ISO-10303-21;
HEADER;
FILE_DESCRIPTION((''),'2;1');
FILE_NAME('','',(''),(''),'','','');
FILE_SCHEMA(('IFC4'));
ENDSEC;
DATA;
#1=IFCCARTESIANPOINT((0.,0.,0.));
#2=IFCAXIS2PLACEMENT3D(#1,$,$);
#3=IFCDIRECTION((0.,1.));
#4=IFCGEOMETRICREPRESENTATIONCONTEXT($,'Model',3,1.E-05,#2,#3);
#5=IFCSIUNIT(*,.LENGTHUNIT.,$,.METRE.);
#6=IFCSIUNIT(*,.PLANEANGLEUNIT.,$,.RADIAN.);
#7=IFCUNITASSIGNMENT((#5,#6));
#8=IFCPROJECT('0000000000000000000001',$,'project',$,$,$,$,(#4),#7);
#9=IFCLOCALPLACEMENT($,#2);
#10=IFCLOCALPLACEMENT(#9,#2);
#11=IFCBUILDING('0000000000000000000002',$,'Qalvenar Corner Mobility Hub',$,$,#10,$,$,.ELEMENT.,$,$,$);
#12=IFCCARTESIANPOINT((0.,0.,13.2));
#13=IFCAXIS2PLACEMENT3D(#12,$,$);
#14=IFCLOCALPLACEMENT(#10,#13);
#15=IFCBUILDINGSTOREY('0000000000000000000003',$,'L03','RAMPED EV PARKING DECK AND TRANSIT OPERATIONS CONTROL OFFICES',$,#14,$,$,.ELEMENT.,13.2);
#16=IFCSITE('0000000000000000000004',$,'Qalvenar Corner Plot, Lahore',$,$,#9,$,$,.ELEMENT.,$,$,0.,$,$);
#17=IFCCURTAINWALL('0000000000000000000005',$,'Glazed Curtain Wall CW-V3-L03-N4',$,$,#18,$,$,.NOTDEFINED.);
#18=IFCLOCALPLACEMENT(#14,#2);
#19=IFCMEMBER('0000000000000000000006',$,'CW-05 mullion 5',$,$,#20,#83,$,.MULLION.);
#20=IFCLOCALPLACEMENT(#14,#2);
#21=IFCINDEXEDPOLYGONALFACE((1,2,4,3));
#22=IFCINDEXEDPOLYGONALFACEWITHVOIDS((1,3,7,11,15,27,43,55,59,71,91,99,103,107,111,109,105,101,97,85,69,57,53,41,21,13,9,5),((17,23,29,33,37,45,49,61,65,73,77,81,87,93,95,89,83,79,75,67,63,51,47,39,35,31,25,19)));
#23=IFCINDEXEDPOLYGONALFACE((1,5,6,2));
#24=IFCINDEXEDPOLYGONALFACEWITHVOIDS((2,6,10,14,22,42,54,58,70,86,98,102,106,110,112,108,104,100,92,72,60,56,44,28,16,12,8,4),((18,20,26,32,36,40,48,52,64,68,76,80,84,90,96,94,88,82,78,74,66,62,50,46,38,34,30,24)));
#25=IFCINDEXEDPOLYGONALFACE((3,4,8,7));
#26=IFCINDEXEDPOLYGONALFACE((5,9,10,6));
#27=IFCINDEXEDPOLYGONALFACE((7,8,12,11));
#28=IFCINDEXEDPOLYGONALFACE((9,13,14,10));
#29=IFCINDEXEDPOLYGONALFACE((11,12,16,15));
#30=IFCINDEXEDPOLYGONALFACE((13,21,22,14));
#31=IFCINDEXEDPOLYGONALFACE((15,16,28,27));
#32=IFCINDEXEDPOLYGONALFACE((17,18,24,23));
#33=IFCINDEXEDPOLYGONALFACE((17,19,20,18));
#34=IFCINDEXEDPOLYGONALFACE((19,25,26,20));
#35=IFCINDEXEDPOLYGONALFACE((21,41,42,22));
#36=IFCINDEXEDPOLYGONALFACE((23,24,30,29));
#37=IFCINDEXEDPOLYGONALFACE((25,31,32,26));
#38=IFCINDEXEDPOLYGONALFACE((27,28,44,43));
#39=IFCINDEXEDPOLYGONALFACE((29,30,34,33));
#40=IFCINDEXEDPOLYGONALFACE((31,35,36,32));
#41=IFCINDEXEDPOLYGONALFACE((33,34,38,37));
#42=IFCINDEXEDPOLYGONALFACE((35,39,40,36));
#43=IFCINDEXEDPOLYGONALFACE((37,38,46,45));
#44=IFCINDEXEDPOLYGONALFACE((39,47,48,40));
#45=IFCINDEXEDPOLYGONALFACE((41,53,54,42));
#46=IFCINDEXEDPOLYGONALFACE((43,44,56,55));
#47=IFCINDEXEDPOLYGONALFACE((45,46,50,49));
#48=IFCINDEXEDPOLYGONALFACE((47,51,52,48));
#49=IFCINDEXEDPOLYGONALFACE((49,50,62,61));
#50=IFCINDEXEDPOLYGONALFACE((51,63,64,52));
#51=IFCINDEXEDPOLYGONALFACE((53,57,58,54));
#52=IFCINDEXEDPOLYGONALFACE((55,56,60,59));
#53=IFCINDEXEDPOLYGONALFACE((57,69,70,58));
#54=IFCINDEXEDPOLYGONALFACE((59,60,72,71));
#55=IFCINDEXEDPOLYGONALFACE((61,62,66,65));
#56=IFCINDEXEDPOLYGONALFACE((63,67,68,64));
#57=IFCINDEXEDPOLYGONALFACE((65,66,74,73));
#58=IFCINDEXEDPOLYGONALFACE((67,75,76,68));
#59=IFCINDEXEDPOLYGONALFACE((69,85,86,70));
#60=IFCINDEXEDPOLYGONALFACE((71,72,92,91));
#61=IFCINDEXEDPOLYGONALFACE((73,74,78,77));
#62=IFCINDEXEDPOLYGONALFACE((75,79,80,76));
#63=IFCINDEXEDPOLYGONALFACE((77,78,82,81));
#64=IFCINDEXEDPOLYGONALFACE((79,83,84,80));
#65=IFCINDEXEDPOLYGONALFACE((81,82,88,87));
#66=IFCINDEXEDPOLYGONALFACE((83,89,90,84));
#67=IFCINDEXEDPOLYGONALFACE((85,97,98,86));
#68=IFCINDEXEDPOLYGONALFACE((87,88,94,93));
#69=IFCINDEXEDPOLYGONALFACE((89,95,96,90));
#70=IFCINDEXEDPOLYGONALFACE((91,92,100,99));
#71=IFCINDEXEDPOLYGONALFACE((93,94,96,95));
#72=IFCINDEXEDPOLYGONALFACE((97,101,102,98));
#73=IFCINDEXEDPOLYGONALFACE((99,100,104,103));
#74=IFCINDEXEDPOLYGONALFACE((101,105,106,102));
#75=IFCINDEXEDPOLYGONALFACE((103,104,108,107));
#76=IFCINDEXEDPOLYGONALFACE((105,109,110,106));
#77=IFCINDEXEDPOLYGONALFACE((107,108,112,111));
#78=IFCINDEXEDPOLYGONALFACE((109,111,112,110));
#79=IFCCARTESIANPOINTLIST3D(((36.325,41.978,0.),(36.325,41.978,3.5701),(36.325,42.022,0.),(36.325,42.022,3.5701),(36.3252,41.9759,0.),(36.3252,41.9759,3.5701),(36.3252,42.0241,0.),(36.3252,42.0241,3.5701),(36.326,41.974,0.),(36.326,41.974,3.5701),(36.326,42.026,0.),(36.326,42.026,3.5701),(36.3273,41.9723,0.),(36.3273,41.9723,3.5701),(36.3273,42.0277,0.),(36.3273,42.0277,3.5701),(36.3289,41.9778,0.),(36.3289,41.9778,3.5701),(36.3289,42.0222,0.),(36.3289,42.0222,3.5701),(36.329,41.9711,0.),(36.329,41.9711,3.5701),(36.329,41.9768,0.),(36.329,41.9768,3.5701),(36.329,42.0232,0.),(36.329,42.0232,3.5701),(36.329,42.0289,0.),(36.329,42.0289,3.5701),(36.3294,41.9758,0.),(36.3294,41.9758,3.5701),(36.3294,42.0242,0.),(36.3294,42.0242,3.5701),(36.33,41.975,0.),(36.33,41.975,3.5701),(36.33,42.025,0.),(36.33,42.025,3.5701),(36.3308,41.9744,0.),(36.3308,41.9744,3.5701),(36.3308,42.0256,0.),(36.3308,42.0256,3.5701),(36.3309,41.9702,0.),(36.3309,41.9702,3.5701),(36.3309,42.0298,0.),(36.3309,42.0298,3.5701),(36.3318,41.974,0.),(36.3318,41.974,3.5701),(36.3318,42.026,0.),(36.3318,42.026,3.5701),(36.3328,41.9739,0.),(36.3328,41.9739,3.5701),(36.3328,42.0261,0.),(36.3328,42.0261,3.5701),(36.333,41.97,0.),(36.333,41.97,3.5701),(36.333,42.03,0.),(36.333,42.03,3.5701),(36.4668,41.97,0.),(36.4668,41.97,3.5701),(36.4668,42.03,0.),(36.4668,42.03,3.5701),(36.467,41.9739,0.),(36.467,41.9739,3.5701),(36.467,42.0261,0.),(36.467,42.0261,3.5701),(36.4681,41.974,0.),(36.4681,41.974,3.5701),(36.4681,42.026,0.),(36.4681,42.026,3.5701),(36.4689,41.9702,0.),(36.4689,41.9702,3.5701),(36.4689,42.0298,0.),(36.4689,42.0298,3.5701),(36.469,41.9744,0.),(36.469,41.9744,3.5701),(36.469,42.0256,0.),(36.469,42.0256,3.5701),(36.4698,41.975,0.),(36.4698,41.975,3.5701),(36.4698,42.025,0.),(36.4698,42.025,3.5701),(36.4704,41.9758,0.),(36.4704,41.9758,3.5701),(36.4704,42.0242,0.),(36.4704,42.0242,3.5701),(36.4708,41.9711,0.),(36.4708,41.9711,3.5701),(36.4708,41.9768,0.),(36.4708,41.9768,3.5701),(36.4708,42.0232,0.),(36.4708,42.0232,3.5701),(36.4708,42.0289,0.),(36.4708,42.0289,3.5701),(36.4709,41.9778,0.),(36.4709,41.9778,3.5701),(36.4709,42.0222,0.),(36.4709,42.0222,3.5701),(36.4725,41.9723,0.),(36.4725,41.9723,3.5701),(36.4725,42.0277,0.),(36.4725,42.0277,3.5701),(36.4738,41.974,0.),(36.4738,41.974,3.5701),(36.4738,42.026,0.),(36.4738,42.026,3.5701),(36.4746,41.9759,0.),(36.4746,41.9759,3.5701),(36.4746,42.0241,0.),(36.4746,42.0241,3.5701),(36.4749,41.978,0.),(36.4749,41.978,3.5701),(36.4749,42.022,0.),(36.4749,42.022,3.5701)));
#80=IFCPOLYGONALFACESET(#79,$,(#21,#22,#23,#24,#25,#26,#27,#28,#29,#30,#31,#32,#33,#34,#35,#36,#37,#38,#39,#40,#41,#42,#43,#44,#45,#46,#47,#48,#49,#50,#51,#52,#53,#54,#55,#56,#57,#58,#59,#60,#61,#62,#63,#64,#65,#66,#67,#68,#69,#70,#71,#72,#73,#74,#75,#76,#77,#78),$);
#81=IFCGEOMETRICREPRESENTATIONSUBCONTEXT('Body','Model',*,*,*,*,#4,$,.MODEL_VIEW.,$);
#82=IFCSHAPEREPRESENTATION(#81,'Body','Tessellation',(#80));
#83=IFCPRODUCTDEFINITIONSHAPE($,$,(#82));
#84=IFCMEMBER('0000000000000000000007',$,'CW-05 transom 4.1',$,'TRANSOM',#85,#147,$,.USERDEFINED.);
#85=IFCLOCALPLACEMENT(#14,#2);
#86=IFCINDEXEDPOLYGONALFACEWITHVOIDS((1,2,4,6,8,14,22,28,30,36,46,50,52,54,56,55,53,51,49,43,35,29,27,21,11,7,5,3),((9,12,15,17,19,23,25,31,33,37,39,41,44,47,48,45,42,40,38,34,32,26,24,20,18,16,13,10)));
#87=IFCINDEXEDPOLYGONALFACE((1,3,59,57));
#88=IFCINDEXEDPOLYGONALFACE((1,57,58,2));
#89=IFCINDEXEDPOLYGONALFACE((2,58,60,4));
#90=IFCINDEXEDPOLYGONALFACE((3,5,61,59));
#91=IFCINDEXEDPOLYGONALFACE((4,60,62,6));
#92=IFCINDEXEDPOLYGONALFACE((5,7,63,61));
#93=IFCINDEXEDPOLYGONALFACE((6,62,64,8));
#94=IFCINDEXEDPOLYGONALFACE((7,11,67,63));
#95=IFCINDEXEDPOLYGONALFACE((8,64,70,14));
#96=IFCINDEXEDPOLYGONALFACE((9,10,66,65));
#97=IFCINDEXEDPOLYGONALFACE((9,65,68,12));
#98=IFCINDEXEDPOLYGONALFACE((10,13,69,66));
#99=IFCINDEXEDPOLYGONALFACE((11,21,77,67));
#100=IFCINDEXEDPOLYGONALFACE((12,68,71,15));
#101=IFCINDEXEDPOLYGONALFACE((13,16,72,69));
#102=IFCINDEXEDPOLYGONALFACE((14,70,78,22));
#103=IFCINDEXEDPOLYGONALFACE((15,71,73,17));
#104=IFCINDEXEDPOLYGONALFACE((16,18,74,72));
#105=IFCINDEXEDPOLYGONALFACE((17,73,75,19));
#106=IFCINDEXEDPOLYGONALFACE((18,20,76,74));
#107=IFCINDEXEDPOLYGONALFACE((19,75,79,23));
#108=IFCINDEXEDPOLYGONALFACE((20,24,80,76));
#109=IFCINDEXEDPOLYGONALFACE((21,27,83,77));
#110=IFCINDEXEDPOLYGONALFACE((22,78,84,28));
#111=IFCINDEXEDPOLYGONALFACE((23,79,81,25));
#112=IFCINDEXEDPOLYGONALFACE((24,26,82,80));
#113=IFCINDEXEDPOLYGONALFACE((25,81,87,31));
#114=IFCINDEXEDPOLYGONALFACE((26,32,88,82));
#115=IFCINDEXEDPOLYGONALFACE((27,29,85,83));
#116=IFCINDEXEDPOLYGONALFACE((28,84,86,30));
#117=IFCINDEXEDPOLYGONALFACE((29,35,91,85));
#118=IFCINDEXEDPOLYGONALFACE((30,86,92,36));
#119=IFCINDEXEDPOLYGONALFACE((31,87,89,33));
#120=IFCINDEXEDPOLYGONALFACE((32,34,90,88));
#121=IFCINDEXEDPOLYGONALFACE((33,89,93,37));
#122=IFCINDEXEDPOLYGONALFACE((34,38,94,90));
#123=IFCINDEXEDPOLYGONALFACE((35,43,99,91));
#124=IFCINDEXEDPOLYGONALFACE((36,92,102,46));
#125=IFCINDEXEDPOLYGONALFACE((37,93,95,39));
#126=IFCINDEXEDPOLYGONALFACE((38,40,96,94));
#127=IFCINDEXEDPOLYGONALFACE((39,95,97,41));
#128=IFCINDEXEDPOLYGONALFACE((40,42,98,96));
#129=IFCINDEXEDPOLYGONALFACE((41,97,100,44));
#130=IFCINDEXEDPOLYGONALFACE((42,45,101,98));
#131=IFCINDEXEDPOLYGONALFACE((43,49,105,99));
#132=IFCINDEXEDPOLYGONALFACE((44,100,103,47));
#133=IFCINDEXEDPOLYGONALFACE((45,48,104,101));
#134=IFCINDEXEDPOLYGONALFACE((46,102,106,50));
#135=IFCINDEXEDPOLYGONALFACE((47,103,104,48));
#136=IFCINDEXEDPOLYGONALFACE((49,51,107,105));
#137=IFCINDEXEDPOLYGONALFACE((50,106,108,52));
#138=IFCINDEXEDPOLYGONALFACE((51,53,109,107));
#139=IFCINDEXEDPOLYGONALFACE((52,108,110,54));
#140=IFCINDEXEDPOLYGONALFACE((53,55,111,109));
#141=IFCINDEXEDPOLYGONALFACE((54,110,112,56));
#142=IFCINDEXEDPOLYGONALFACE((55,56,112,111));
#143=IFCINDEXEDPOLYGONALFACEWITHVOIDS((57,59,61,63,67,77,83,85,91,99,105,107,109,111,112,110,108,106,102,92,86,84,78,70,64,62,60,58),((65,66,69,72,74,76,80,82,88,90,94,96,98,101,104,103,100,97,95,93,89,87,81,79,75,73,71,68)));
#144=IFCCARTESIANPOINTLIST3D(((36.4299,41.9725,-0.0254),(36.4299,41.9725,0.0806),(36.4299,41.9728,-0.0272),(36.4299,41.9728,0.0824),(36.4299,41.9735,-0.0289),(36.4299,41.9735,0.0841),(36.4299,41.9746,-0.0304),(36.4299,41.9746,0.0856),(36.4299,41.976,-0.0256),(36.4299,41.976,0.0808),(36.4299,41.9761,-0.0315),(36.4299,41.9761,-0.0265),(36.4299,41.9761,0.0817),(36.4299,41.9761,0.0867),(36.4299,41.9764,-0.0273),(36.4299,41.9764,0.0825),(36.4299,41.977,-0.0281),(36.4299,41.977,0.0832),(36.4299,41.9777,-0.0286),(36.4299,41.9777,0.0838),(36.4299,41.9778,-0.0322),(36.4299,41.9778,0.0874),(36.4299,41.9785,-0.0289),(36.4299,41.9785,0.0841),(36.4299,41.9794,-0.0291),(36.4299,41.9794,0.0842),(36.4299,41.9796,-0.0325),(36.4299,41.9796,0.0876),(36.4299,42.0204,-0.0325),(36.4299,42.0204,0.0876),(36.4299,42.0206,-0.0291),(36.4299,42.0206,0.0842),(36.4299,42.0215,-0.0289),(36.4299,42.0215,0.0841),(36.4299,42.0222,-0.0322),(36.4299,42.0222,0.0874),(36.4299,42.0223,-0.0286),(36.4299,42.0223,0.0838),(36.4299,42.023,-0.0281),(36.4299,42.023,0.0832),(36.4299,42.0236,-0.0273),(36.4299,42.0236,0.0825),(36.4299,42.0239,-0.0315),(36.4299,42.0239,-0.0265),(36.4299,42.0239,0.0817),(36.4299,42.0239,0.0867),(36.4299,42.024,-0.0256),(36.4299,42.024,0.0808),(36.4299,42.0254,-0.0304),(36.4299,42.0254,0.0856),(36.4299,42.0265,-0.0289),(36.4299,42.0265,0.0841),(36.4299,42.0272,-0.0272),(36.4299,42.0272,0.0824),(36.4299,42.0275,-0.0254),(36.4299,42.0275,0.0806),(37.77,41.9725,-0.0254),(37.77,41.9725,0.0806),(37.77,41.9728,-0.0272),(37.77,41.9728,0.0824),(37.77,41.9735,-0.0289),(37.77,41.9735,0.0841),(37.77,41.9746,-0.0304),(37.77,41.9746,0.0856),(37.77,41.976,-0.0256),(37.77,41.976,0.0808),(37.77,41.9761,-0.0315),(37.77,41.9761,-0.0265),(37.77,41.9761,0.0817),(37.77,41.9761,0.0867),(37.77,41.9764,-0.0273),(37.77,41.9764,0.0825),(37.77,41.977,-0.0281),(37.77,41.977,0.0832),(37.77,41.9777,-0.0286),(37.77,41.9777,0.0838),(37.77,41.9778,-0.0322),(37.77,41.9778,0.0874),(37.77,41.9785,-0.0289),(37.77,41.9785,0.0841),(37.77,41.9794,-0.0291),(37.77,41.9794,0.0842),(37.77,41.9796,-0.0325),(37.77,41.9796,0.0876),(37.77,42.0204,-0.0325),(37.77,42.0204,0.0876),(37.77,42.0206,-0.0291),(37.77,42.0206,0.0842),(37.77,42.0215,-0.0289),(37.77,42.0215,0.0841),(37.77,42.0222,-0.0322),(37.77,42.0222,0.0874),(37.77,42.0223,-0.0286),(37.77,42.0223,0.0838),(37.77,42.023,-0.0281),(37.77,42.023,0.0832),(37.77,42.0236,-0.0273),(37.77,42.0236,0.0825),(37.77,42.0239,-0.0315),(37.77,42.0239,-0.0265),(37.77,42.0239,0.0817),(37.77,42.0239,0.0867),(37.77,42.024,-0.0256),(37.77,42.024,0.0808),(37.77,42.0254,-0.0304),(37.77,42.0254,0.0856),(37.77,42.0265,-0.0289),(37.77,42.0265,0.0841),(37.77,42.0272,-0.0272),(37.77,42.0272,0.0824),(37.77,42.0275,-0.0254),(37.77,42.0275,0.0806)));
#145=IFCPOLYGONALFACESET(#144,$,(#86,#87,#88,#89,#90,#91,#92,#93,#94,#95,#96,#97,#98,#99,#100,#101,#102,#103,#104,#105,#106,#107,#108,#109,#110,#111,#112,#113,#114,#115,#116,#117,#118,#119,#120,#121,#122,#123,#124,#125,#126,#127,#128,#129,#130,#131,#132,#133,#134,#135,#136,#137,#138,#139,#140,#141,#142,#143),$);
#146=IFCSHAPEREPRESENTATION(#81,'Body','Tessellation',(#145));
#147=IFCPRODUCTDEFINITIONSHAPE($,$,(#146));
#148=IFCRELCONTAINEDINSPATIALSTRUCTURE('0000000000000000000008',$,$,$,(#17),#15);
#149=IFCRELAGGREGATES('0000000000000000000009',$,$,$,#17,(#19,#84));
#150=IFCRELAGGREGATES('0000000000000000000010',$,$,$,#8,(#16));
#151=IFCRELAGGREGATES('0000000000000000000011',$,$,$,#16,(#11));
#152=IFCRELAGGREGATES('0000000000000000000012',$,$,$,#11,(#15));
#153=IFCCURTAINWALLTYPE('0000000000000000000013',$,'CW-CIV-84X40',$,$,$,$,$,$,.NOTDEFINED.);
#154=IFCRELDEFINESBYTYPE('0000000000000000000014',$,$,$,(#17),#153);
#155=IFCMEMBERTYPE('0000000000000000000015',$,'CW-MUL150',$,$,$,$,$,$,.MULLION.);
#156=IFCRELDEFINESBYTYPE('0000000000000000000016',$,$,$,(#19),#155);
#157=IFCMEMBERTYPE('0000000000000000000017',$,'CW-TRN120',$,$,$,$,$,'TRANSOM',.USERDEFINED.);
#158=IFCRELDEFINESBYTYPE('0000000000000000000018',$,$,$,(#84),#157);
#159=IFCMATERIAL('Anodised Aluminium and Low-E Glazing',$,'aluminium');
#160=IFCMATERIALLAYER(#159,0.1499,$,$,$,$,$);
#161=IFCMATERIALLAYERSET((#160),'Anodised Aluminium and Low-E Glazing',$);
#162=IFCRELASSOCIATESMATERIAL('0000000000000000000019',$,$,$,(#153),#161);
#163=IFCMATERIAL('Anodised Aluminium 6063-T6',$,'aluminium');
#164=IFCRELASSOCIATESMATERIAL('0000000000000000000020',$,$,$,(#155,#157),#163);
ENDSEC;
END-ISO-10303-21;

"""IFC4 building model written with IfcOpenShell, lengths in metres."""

from ifc_helpers import new_model, si_unit, direction, frame, origin, origin_2d, place, context, subcontext, project, spatial, hollow_rectangle, extrude, material, layer, layer_set, material_profile, profile_set, type_object, element, aggregate, save


model = new_model("IFC4")

# Units and contexts
model_context = context("Model", 3, precision=1e-05, world=origin(), true_north=direction((0.0, 1.0)))
body_context = subcontext(model_context, "Body", "Model", "MODEL_VIEW")
ifc_project = project(units=[si_unit("LENGTHUNIT", "METRE"), si_unit("PLANEANGLEUNIT", "RADIAN")], contexts=[model_context])

# Site, building, storey
site_placement = place(None, origin())
site = spatial("IfcSite", under=ifc_project, at=site_placement, Name="Qalvenar Corner Plot, Lahore", CompositionType="ELEMENT", RefElevation=0.0)
building_placement = place(site_placement, origin())
building = spatial("IfcBuilding", under=site, at=building_placement, Name="Qalvenar Corner Mobility Hub", CompositionType="ELEMENT")
storey_placement = place(building_placement, frame((0.0, 0.0, 13.2)))
storey = spatial("IfcBuildingStorey", under=building, at=storey_placement, Name="L03", Description="RAMPED EV PARKING DECK AND TRANSIT OPERATIONS CONTROL OFFICES", CompositionType="ELEMENT", Elevation=13.2)

# Curtain wall, members
ifc_material_1 = material(Name="Anodised Aluminium and Low-E Glazing", Category="aluminium")
ifc_layer_1 = layer(ifc_material_1, 0.1499)
ifc_layer_set_1 = layer_set([ifc_layer_1], Name="Anodised Aluminium and Low-E Glazing")
curtain_wall_type = type_object("IfcCurtainWallType", Name="CW-CIV-84X40", PredefinedType="NOTDEFINED", material=ifc_layer_set_1)
curtain_wall_placement = place(storey_placement, origin())
curtain_wall = element("IfcCurtainWall", 1, at=curtain_wall_placement, inside=storey, type_object=curtain_wall_type, Name="Glazed Curtain Wall CW-V3-L03-N4", PredefinedType="NOTDEFINED")
ifc_material_2 = material(Name="Anodised Aluminium 6063-T6", Category="aluminium")
ifc_material_profile_1 = material_profile(ifc_material_2, hollow_rectangle(XDim=0.0601, YDim=0.1499, WallThickness=0.0039, InnerFilletRadius=0.0039, OuterFilletRadius=0.0081, at=origin_2d()), Name="RHS150x60x4")
ifc_profile_set_1 = profile_set([ifc_material_profile_1], Name="Anodised Aluminium 6063-T6")
member_type_1 = type_object("IfcMemberType", Name="CW-MUL150", PredefinedType="MULLION", material=ifc_profile_set_1)
member_1_placement = place(storey_placement, frame((36.3999, 42.0, 0.0), z_axis=(0.0, 0.0, 1.0), x_axis=(0.0, -1.0, 0.0)))
member_1 = element("IfcMember", 2, at=member_1_placement, type_object=member_type_1, Name="CW-05 mullion 5", PredefinedType="MULLION", context=body_context, shape_type="SweptSolid", body=[
    extrude(hollow_rectangle(XDim=0.0601, YDim=0.1499, WallThickness=0.0039, InnerFilletRadius=0.0039, OuterFilletRadius=0.0081, at=origin_2d()), origin(), (0.0, 0.0, 1.0), 3.5701),
])
ifc_material_profile_2 = material_profile(ifc_material_2, hollow_rectangle(XDim=0.0549, YDim=0.1201, WallThickness=0.0034, InnerFilletRadius=0.0034, OuterFilletRadius=0.0071, at=origin_2d()), Name="RHS120x55x3.5")
ifc_profile_set_2 = profile_set([ifc_material_profile_2], Name="Anodised Aluminium 6063-T6")
member_type_2 = type_object("IfcMemberType", Name="CW-TRN120", ElementType="TRANSOM", PredefinedType="USERDEFINED", material=ifc_profile_set_2)
member_2_placement = place(storey_placement, frame((37.77, 42.0, 0.0276), z_axis=(-1.0, 0.0, 0.0), x_axis=(0.0, -1.0, 0.0)))
member_2 = element("IfcMember", 3, at=member_2_placement, type_object=member_type_2, Name="CW-05 transom 4.1", ObjectType="TRANSOM", PredefinedType="USERDEFINED", context=body_context, shape_type="SweptSolid", body=[
    extrude(hollow_rectangle(XDim=0.0549, YDim=0.1201, WallThickness=0.0034, InnerFilletRadius=0.0034, OuterFilletRadius=0.0071, at=origin_2d()), origin(), (0.0, 0.0, 1.0), 1.3401),
])
aggregate(curtain_wall, [member_1, member_2])

save(model, "model.ifc")
